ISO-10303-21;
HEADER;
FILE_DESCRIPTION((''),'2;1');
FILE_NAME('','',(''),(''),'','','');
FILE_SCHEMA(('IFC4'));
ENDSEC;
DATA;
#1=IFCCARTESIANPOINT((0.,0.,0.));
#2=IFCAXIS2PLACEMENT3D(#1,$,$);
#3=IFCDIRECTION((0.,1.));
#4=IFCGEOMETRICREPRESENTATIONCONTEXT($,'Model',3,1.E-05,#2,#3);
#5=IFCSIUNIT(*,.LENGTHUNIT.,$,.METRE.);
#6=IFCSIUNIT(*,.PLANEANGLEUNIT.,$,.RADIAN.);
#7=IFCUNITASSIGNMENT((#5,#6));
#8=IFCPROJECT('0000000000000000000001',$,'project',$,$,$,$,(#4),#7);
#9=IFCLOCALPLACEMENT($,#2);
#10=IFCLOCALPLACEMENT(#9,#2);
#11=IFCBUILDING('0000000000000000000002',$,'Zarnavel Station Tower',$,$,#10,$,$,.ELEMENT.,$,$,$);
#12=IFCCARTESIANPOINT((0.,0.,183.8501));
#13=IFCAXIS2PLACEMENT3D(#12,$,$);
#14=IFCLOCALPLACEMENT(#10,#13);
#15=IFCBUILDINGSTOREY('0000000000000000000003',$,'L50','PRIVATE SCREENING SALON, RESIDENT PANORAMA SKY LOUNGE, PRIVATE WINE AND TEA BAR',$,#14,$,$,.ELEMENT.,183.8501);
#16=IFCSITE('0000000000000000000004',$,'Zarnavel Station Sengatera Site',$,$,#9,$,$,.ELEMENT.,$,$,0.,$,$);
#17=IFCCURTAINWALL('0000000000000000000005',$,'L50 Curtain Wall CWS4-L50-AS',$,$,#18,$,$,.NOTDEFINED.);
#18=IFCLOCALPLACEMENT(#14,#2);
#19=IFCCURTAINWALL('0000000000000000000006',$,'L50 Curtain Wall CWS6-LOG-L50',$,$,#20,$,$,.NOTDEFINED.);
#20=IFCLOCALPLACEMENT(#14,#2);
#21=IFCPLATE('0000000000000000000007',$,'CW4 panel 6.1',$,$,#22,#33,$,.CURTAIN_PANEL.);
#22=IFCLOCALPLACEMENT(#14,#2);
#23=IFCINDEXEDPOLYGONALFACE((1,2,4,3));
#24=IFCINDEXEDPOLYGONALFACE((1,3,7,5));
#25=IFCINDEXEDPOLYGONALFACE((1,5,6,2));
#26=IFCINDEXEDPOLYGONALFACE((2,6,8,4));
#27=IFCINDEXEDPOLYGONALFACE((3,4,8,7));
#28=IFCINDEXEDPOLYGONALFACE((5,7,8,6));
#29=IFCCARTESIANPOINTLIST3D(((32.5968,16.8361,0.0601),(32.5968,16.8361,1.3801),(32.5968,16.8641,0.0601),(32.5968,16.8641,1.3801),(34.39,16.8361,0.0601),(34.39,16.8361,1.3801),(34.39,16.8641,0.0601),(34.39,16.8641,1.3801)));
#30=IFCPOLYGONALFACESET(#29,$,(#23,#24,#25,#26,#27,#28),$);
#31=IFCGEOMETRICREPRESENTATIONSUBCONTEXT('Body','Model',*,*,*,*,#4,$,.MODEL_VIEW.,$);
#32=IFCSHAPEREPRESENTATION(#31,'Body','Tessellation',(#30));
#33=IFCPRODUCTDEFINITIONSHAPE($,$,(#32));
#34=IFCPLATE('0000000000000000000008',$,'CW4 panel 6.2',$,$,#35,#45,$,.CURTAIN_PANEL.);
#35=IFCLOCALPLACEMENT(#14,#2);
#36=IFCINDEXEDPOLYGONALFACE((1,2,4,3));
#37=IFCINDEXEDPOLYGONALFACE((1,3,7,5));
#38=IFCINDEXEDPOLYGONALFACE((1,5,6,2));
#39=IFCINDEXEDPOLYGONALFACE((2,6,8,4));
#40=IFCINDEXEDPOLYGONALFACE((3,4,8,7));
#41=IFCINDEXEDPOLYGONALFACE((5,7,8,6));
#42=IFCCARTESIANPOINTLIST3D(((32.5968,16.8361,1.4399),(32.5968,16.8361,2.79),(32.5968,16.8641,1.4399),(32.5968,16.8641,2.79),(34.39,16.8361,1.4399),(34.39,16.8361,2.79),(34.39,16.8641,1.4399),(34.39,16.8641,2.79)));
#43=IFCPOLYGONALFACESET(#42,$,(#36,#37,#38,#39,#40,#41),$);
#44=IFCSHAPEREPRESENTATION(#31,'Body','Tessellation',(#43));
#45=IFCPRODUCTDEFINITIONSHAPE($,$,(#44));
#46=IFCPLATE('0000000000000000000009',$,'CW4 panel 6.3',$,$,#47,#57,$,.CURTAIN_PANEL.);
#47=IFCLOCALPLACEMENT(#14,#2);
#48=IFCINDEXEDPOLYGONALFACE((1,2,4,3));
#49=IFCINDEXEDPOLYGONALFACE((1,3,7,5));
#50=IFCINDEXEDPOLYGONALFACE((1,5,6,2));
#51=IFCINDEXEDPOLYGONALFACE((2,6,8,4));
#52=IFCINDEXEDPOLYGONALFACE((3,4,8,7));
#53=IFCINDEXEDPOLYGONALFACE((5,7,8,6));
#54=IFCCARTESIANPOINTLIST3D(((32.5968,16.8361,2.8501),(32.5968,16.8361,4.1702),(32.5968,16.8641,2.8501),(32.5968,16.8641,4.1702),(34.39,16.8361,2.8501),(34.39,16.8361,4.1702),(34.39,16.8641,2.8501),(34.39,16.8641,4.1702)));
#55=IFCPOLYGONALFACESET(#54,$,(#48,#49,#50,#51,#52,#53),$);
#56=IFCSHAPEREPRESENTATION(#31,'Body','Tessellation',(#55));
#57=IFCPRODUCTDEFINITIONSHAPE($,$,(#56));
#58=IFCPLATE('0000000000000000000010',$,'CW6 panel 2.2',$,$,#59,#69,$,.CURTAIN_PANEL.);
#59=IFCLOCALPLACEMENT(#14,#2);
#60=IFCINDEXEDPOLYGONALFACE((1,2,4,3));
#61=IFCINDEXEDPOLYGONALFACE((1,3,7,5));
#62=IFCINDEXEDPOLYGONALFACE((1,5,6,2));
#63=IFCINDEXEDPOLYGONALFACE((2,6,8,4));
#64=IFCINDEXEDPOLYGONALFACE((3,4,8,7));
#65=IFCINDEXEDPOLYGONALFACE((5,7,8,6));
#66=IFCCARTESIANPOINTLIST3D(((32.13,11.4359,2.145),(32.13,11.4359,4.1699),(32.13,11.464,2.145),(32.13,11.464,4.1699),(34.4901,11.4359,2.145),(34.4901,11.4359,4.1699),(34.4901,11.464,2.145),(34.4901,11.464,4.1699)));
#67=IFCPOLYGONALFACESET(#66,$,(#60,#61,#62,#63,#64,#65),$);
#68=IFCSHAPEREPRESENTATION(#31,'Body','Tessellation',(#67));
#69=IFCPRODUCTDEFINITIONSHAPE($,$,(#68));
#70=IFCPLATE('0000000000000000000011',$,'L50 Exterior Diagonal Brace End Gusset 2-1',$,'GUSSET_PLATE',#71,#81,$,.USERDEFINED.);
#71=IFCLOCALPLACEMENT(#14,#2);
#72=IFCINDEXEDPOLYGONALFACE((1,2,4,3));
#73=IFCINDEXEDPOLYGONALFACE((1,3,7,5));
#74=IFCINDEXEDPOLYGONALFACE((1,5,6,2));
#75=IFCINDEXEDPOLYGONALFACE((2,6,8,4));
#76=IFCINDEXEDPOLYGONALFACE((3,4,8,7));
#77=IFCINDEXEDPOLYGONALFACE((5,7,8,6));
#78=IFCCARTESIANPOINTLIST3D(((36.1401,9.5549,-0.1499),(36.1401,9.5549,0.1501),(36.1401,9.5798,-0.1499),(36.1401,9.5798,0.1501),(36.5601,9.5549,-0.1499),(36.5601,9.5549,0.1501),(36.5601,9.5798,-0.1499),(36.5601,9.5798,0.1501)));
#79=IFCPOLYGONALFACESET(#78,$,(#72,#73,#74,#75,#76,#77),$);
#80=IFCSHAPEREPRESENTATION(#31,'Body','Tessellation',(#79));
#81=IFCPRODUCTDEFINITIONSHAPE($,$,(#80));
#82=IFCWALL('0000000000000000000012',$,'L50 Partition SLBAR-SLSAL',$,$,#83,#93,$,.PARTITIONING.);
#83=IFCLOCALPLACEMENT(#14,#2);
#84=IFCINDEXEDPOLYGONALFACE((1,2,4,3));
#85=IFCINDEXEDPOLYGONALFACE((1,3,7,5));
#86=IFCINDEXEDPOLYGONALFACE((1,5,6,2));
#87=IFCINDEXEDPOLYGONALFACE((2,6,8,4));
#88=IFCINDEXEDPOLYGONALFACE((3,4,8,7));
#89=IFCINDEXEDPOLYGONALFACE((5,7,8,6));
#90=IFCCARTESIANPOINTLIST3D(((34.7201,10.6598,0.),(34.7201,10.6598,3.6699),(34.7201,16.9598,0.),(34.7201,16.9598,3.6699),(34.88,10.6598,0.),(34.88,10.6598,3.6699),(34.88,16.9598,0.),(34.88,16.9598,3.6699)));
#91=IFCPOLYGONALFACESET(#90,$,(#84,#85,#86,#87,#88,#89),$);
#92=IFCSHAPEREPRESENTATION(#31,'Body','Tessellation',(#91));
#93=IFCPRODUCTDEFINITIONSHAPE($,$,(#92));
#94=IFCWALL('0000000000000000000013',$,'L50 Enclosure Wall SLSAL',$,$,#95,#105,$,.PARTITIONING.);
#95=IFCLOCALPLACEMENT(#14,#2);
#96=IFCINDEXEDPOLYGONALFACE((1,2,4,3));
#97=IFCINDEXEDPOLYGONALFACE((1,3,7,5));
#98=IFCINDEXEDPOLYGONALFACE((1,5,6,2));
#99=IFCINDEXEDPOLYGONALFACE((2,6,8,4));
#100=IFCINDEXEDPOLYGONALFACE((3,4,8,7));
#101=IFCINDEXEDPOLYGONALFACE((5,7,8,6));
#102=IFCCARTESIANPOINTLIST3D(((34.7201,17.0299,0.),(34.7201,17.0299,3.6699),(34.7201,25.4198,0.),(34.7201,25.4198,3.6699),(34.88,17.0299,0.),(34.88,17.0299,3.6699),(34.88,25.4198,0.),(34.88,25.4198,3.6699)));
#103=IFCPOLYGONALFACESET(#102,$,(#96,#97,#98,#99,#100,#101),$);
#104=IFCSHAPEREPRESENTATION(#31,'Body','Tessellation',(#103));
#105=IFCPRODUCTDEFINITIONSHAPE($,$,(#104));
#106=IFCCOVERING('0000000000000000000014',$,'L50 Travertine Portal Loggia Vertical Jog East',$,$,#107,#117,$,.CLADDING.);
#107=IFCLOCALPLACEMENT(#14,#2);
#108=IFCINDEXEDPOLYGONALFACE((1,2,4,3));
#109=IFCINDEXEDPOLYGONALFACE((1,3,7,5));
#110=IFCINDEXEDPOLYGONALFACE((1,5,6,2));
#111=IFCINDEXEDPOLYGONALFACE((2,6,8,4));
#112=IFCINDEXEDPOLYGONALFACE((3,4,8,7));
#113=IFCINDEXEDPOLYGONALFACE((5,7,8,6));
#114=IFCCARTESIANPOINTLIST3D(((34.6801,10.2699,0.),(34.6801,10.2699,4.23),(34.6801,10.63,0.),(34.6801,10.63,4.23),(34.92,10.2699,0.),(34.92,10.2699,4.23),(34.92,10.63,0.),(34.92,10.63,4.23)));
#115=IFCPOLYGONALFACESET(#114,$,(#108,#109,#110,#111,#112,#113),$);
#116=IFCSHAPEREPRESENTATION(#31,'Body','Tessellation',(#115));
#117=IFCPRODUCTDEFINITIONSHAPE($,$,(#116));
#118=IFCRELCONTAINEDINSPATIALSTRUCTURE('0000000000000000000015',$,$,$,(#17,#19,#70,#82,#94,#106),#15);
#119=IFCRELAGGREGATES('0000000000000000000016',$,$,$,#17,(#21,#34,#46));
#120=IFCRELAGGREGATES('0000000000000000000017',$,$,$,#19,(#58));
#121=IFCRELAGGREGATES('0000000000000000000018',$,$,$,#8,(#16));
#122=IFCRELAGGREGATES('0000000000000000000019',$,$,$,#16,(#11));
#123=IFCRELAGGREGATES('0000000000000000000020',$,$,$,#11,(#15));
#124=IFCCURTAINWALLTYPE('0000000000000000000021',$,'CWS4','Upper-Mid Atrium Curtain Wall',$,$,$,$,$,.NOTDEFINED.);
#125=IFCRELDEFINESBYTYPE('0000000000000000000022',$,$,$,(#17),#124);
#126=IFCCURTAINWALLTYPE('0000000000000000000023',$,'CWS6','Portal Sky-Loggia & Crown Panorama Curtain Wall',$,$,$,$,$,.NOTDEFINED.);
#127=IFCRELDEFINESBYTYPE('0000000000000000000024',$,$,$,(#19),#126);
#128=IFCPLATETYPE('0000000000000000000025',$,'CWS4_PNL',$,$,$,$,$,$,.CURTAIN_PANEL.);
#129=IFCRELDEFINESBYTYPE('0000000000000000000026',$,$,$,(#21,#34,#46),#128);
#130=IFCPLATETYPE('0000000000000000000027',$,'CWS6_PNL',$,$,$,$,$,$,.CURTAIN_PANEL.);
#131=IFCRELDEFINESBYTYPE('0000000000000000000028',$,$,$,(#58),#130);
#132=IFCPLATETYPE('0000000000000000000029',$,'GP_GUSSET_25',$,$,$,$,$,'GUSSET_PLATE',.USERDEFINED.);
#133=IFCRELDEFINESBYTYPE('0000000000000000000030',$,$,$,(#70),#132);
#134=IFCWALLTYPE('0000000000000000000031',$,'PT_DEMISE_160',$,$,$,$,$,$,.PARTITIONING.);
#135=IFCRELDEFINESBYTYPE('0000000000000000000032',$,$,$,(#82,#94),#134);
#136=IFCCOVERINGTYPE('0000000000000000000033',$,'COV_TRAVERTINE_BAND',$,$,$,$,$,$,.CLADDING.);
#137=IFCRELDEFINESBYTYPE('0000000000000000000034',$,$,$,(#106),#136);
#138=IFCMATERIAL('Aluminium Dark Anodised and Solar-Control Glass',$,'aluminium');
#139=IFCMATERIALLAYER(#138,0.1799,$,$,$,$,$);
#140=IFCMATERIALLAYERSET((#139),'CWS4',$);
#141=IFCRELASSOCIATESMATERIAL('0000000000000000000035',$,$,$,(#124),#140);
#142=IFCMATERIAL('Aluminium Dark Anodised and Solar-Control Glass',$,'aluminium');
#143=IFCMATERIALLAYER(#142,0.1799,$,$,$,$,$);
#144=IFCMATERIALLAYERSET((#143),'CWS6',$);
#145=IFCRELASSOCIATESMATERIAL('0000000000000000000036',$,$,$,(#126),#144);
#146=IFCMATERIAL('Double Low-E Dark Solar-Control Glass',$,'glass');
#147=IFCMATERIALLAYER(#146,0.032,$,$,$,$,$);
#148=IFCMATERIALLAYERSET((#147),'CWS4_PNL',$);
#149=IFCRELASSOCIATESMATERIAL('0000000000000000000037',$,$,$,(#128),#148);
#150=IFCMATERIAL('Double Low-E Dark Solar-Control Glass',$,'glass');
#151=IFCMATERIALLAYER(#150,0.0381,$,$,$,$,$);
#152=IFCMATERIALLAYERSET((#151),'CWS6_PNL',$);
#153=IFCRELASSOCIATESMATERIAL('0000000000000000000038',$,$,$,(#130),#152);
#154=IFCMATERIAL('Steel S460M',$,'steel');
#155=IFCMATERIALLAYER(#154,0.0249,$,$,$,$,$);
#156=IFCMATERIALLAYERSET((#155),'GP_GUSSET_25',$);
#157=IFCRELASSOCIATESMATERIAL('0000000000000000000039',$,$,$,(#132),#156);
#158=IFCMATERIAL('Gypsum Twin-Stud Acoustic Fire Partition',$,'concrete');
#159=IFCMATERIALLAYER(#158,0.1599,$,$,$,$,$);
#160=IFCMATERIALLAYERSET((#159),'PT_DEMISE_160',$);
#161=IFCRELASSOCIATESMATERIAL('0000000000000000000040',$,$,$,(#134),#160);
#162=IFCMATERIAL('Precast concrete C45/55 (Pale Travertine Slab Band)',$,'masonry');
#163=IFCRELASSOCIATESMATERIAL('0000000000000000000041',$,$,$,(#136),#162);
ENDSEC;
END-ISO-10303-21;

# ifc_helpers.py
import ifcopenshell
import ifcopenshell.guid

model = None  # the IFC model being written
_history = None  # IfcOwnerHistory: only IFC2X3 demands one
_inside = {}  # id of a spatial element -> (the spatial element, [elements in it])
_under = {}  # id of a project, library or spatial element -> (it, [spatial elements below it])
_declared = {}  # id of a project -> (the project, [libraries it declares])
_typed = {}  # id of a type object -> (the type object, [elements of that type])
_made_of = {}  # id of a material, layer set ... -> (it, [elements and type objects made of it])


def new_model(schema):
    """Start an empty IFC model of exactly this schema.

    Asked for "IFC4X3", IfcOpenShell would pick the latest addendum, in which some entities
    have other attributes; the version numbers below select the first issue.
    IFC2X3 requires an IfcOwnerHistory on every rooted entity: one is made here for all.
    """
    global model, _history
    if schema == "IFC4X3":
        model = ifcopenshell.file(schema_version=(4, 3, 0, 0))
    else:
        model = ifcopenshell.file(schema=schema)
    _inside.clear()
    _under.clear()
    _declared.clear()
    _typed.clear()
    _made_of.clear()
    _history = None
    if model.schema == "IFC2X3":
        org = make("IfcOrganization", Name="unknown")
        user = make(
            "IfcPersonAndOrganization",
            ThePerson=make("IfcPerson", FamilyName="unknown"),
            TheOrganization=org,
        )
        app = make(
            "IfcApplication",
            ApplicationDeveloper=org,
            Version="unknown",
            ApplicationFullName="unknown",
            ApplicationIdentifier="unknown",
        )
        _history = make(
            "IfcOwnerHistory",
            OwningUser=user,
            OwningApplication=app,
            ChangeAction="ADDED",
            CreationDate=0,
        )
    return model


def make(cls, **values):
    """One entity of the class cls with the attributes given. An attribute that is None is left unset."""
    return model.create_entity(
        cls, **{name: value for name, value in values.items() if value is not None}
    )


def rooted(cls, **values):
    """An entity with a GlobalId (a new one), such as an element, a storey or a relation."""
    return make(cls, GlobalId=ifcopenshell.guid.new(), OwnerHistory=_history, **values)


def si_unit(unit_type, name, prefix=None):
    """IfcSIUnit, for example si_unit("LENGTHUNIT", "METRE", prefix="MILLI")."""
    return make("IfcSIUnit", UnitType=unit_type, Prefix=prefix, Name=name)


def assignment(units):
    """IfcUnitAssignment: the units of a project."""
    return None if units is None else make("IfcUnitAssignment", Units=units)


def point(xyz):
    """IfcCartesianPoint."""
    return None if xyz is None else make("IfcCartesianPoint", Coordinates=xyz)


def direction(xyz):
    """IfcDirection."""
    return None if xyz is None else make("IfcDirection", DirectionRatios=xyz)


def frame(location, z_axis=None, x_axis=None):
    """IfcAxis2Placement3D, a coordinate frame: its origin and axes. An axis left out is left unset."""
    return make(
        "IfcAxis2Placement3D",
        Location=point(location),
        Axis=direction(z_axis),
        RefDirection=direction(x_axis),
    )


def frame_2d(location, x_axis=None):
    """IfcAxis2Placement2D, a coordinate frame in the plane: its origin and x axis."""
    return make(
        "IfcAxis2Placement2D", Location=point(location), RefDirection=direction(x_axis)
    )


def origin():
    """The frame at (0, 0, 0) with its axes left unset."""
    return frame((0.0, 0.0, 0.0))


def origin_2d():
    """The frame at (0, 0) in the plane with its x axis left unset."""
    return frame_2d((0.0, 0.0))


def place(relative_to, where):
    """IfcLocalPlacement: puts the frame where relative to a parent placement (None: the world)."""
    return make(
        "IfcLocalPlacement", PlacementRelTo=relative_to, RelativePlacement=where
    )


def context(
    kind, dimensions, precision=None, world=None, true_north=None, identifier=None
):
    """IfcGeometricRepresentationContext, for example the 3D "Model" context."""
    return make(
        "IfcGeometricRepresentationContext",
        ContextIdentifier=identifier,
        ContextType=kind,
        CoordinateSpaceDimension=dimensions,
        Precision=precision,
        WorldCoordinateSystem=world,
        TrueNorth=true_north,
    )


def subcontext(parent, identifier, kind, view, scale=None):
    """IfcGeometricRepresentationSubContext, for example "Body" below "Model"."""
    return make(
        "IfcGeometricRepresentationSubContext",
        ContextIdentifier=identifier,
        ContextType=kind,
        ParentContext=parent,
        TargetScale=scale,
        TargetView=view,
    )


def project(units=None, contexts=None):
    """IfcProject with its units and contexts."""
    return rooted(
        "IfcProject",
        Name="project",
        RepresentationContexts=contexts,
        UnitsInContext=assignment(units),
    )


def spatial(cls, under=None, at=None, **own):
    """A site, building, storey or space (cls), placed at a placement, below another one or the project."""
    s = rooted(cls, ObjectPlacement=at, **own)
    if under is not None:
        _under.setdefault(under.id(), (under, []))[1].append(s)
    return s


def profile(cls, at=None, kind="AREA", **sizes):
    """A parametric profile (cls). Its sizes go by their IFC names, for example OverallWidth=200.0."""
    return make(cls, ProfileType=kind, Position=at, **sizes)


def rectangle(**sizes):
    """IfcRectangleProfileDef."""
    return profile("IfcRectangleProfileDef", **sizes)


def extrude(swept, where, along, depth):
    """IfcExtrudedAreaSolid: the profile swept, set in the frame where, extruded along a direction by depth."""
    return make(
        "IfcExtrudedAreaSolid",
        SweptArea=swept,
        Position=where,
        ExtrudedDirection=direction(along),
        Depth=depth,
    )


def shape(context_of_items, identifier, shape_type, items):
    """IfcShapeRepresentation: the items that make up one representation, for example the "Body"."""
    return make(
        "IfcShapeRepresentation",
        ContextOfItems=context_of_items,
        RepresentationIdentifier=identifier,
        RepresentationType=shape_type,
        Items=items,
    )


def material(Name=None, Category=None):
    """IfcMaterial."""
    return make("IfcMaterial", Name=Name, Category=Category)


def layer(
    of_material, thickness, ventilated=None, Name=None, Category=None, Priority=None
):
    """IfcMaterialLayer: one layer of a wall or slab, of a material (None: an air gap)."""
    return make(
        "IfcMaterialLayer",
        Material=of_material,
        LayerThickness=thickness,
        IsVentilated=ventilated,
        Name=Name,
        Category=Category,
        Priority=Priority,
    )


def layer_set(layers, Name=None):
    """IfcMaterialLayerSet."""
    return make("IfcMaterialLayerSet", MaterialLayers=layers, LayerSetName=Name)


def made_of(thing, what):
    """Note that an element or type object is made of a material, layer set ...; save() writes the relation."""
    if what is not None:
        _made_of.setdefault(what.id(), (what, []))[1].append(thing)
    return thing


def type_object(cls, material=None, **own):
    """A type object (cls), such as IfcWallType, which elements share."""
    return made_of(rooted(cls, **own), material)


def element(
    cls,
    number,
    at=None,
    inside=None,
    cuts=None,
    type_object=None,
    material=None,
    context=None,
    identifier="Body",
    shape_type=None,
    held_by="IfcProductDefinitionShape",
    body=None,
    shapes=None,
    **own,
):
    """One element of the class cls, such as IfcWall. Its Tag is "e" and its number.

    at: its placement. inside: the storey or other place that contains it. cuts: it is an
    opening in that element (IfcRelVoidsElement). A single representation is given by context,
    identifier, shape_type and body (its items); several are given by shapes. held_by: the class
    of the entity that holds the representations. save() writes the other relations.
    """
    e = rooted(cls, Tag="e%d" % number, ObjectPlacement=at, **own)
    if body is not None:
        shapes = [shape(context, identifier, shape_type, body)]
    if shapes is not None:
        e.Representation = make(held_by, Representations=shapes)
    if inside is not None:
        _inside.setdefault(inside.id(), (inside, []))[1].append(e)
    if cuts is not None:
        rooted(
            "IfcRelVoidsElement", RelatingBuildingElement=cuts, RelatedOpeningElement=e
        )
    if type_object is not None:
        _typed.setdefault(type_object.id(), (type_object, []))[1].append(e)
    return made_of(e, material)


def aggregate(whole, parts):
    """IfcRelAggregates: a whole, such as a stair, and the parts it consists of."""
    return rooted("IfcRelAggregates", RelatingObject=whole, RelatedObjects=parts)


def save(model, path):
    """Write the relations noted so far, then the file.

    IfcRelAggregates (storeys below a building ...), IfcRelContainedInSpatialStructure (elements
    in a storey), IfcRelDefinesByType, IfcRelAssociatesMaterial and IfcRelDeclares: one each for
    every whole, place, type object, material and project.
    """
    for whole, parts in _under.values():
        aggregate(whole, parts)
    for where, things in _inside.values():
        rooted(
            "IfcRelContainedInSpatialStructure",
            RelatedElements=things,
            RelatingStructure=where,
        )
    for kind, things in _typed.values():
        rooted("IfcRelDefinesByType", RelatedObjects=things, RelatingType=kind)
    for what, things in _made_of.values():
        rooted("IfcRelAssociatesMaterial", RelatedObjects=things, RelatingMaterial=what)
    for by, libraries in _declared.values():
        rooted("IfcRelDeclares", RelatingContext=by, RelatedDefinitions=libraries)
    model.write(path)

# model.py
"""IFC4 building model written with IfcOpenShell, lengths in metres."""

from ifc_helpers import new_model, si_unit, direction, frame, frame_2d, origin, origin_2d, place, context, subcontext, project, spatial, rectangle, extrude, material, layer, layer_set, type_object, element, aggregate, save


model = new_model("IFC4")

# Units and contexts
model_context = context("Model", 3, precision=1e-05, world=origin(), true_north=direction((0.0, 1.0)))
body_context = subcontext(model_context, "Body", "Model", "MODEL_VIEW")
ifc_project = project(units=[si_unit("LENGTHUNIT", "METRE"), si_unit("PLANEANGLEUNIT", "RADIAN")], contexts=[model_context])

# Site, building, storey
site_placement = place(None, origin())
site = spatial("IfcSite", under=ifc_project, at=site_placement, Name="Zarnavel Station Sengatera Site", CompositionType="ELEMENT", RefElevation=0.0)
building_placement = place(site_placement, origin())
building = spatial("IfcBuilding", under=site, at=building_placement, Name="Zarnavel Station Tower", CompositionType="ELEMENT")
storey_placement = place(building_placement, frame((0.0, 0.0, 183.8501)))
storey = spatial("IfcBuildingStorey", under=building, at=storey_placement, Name="L50", Description="PRIVATE SCREENING SALON, RESIDENT PANORAMA SKY LOUNGE, PRIVATE WINE AND TEA BAR", CompositionType="ELEMENT", Elevation=183.8501)

# Curtain walls
ifc_material_1 = material(Name="Aluminium Dark Anodised and Solar-Control Glass", Category="aluminium")
ifc_layer_1 = layer(ifc_material_1, 0.1799)
ifc_layer_set_1 = layer_set([ifc_layer_1], Name="CWS4")
curtain_wall_type_1 = type_object("IfcCurtainWallType", Name="CWS4", Description="Upper-Mid Atrium Curtain Wall", PredefinedType="NOTDEFINED", material=ifc_layer_set_1)
curtain_wall_1_placement = place(storey_placement, origin())
curtain_wall_1 = element("IfcCurtainWall", 1, at=curtain_wall_1_placement, inside=storey, type_object=curtain_wall_type_1, Name="L50 Curtain Wall CWS4-L50-AS", PredefinedType="NOTDEFINED")
ifc_material_2 = material(Name="Aluminium Dark Anodised and Solar-Control Glass", Category="aluminium")
ifc_layer_2 = layer(ifc_material_2, 0.1799)
ifc_layer_set_2 = layer_set([ifc_layer_2], Name="CWS6")
curtain_wall_type_2 = type_object("IfcCurtainWallType", Name="CWS6", Description="Portal Sky-Loggia & Crown Panorama Curtain Wall", PredefinedType="NOTDEFINED", material=ifc_layer_set_2)
curtain_wall_2_placement = place(storey_placement, origin())
curtain_wall_2 = element("IfcCurtainWall", 2, at=curtain_wall_2_placement, inside=storey, type_object=curtain_wall_type_2, Name="L50 Curtain Wall CWS6-LOG-L50", PredefinedType="NOTDEFINED")

# Plates
ifc_material_3 = material(Name="Double Low-E Dark Solar-Control Glass", Category="glass")
ifc_layer_3 = layer(ifc_material_3, 0.032)
ifc_layer_set_3 = layer_set([ifc_layer_3], Name="CWS4_PNL")
plate_type_1 = type_object("IfcPlateType", Name="CWS4_PNL", PredefinedType="CURTAIN_PANEL", material=ifc_layer_set_3)
plate_1_placement = place(storey_placement, frame((33.4934, 16.8501, 0.0601), z_axis=(0.0, 0.0, 1.0), x_axis=(1.0, 0.0, 0.0)))
plate_1 = element("IfcPlate", 3, at=plate_1_placement, type_object=plate_type_1, Name="CW4 panel 6.1", PredefinedType="CURTAIN_PANEL", context=body_context, shape_type="SweptSolid", body=[
    extrude(rectangle(XDim=1.7932, YDim=0.0281, at=origin_2d()), origin(), (0.0, 0.0, 1.0), 1.3201),
])
plate_2_placement = place(storey_placement, frame((33.4934, 16.8501, 1.4399), z_axis=(0.0, 0.0, 1.0), x_axis=(1.0, 0.0, 0.0)))
plate_2 = element("IfcPlate", 4, at=plate_2_placement, type_object=plate_type_1, Name="CW4 panel 6.2", PredefinedType="CURTAIN_PANEL", context=body_context, shape_type="SweptSolid", body=[
    extrude(rectangle(XDim=1.7932, YDim=0.0281, at=origin_2d()), origin(), (0.0, 0.0, 1.0), 1.3501),
])
plate_3_placement = place(storey_placement, frame((33.4934, 16.8501, 2.8501), z_axis=(0.0, 0.0, 1.0), x_axis=(1.0, 0.0, 0.0)))
plate_3 = element("IfcPlate", 5, at=plate_3_placement, type_object=plate_type_1, Name="CW4 panel 6.3", PredefinedType="CURTAIN_PANEL", context=body_context, shape_type="SweptSolid", body=[
    extrude(rectangle(XDim=1.7932, YDim=0.0281, at=origin_2d()), origin(), (0.0, 0.0, 1.0), 1.3201),
])
aggregate(curtain_wall_1, [plate_1, plate_2, plate_3])
ifc_material_4 = material(Name="Double Low-E Dark Solar-Control Glass", Category="glass")
ifc_layer_4 = layer(ifc_material_4, 0.0381)
ifc_layer_set_4 = layer_set([ifc_layer_4], Name="CWS6_PNL")
plate_type_2 = type_object("IfcPlateType", Name="CWS6_PNL", PredefinedType="CURTAIN_PANEL", material=ifc_layer_set_4)
plate_4_placement = place(storey_placement, frame((33.3101, 11.45, 2.145), z_axis=(0.0, 0.0, 1.0), x_axis=(1.0, 0.0, 0.0)))
plate_4 = element("IfcPlate", 6, at=plate_4_placement, type_object=plate_type_2, Name="CW6 panel 2.2", PredefinedType="CURTAIN_PANEL", context=body_context, shape_type="SweptSolid", body=[
    extrude(rectangle(XDim=2.3601, YDim=0.0281, at=origin_2d()), origin(), (0.0, 0.0, 1.0), 2.0249),
])
aggregate(curtain_wall_2, [plate_4])
ifc_material_5 = material(Name="Steel S460M", Category="steel")
ifc_layer_5 = layer(ifc_material_5, 0.0249)
ifc_layer_set_5 = layer_set([ifc_layer_5], Name="GP_GUSSET_25")
plate_type_3 = type_object("IfcPlateType", Name="GP_GUSSET_25", ElementType="GUSSET_PLATE", PredefinedType="USERDEFINED", material=ifc_layer_set_5)
plate_5_placement = place(storey_placement, frame((36.3501, 9.5674, -0.1499), z_axis=(0.0, 0.0, 1.0), x_axis=(1.0, 0.0, 0.0)))
element("IfcPlate", 7, at=plate_5_placement, inside=storey, type_object=plate_type_3, Name="L50 Exterior Diagonal Brace End Gusset 2-1", ObjectType="GUSSET_PLATE", PredefinedType="USERDEFINED", context=body_context, shape_type="SweptSolid", body=[
    extrude(rectangle(XDim=0.4199, YDim=0.0249, at=origin_2d()), origin(), (0.0, 0.0, 1.0), 0.3),
])

# Walls
ifc_material_6 = material(Name="Gypsum Twin-Stud Acoustic Fire Partition", Category="concrete")
ifc_layer_6 = layer(ifc_material_6, 0.1599)
ifc_layer_set_6 = layer_set([ifc_layer_6], Name="PT_DEMISE_160")
wall_type = type_object("IfcWallType", Name="PT_DEMISE_160", PredefinedType="PARTITIONING", material=ifc_layer_set_6)
wall_1_placement = place(storey_placement, frame((34.8, 10.6599, 0.0), z_axis=(0.0, 0.0, 1.0), x_axis=(0.0, 1.0, 0.0)))
element("IfcWall", 8, at=wall_1_placement, inside=storey, type_object=wall_type, Name="L50 Partition SLBAR-SLSAL", PredefinedType="PARTITIONING", context=body_context, shape_type="SweptSolid", body=[
    extrude(rectangle(XDim=6.3, YDim=0.1599, at=frame_2d((3.1499, 0.0))), origin(), (0.0, 0.0, 1.0), 3.6699),
])
wall_2_placement = place(storey_placement, frame((34.8, 17.03, 0.0), z_axis=(0.0, 0.0, 1.0), x_axis=(0.0, 1.0, 0.0)))
element("IfcWall", 9, at=wall_2_placement, inside=storey, type_object=wall_type, Name="L50 Enclosure Wall SLSAL", PredefinedType="PARTITIONING", context=body_context, shape_type="SweptSolid", body=[
    extrude(rectangle(XDim=8.3899, YDim=0.1599, at=frame_2d((4.1948, 0.0))), origin(), (0.0, 0.0, 1.0), 3.6699),
])

# Covering
ifc_material_7 = material(Name="Precast concrete C45/55 (Pale Travertine Slab Band)", Category="masonry")
covering_type = type_object("IfcCoveringType", Name="COV_TRAVERTINE_BAND", PredefinedType="CLADDING", material=ifc_material_7)
covering_placement = place(storey_placement, frame((34.8, 10.45, 0.0), z_axis=(0.0, 0.0, 1.0), x_axis=(1.0, 0.0, 0.0)))
element("IfcCovering", 10, at=covering_placement, inside=storey, type_object=covering_type, Name="L50 Travertine Portal Loggia Vertical Jog East", PredefinedType="CLADDING", context=body_context, shape_type="SweptSolid", body=[
    extrude(rectangle(XDim=0.24, YDim=0.3601, at=origin_2d()), origin(), (0.0, 0.0, 1.0), 4.23),
])

save(model, "model.ifc")
